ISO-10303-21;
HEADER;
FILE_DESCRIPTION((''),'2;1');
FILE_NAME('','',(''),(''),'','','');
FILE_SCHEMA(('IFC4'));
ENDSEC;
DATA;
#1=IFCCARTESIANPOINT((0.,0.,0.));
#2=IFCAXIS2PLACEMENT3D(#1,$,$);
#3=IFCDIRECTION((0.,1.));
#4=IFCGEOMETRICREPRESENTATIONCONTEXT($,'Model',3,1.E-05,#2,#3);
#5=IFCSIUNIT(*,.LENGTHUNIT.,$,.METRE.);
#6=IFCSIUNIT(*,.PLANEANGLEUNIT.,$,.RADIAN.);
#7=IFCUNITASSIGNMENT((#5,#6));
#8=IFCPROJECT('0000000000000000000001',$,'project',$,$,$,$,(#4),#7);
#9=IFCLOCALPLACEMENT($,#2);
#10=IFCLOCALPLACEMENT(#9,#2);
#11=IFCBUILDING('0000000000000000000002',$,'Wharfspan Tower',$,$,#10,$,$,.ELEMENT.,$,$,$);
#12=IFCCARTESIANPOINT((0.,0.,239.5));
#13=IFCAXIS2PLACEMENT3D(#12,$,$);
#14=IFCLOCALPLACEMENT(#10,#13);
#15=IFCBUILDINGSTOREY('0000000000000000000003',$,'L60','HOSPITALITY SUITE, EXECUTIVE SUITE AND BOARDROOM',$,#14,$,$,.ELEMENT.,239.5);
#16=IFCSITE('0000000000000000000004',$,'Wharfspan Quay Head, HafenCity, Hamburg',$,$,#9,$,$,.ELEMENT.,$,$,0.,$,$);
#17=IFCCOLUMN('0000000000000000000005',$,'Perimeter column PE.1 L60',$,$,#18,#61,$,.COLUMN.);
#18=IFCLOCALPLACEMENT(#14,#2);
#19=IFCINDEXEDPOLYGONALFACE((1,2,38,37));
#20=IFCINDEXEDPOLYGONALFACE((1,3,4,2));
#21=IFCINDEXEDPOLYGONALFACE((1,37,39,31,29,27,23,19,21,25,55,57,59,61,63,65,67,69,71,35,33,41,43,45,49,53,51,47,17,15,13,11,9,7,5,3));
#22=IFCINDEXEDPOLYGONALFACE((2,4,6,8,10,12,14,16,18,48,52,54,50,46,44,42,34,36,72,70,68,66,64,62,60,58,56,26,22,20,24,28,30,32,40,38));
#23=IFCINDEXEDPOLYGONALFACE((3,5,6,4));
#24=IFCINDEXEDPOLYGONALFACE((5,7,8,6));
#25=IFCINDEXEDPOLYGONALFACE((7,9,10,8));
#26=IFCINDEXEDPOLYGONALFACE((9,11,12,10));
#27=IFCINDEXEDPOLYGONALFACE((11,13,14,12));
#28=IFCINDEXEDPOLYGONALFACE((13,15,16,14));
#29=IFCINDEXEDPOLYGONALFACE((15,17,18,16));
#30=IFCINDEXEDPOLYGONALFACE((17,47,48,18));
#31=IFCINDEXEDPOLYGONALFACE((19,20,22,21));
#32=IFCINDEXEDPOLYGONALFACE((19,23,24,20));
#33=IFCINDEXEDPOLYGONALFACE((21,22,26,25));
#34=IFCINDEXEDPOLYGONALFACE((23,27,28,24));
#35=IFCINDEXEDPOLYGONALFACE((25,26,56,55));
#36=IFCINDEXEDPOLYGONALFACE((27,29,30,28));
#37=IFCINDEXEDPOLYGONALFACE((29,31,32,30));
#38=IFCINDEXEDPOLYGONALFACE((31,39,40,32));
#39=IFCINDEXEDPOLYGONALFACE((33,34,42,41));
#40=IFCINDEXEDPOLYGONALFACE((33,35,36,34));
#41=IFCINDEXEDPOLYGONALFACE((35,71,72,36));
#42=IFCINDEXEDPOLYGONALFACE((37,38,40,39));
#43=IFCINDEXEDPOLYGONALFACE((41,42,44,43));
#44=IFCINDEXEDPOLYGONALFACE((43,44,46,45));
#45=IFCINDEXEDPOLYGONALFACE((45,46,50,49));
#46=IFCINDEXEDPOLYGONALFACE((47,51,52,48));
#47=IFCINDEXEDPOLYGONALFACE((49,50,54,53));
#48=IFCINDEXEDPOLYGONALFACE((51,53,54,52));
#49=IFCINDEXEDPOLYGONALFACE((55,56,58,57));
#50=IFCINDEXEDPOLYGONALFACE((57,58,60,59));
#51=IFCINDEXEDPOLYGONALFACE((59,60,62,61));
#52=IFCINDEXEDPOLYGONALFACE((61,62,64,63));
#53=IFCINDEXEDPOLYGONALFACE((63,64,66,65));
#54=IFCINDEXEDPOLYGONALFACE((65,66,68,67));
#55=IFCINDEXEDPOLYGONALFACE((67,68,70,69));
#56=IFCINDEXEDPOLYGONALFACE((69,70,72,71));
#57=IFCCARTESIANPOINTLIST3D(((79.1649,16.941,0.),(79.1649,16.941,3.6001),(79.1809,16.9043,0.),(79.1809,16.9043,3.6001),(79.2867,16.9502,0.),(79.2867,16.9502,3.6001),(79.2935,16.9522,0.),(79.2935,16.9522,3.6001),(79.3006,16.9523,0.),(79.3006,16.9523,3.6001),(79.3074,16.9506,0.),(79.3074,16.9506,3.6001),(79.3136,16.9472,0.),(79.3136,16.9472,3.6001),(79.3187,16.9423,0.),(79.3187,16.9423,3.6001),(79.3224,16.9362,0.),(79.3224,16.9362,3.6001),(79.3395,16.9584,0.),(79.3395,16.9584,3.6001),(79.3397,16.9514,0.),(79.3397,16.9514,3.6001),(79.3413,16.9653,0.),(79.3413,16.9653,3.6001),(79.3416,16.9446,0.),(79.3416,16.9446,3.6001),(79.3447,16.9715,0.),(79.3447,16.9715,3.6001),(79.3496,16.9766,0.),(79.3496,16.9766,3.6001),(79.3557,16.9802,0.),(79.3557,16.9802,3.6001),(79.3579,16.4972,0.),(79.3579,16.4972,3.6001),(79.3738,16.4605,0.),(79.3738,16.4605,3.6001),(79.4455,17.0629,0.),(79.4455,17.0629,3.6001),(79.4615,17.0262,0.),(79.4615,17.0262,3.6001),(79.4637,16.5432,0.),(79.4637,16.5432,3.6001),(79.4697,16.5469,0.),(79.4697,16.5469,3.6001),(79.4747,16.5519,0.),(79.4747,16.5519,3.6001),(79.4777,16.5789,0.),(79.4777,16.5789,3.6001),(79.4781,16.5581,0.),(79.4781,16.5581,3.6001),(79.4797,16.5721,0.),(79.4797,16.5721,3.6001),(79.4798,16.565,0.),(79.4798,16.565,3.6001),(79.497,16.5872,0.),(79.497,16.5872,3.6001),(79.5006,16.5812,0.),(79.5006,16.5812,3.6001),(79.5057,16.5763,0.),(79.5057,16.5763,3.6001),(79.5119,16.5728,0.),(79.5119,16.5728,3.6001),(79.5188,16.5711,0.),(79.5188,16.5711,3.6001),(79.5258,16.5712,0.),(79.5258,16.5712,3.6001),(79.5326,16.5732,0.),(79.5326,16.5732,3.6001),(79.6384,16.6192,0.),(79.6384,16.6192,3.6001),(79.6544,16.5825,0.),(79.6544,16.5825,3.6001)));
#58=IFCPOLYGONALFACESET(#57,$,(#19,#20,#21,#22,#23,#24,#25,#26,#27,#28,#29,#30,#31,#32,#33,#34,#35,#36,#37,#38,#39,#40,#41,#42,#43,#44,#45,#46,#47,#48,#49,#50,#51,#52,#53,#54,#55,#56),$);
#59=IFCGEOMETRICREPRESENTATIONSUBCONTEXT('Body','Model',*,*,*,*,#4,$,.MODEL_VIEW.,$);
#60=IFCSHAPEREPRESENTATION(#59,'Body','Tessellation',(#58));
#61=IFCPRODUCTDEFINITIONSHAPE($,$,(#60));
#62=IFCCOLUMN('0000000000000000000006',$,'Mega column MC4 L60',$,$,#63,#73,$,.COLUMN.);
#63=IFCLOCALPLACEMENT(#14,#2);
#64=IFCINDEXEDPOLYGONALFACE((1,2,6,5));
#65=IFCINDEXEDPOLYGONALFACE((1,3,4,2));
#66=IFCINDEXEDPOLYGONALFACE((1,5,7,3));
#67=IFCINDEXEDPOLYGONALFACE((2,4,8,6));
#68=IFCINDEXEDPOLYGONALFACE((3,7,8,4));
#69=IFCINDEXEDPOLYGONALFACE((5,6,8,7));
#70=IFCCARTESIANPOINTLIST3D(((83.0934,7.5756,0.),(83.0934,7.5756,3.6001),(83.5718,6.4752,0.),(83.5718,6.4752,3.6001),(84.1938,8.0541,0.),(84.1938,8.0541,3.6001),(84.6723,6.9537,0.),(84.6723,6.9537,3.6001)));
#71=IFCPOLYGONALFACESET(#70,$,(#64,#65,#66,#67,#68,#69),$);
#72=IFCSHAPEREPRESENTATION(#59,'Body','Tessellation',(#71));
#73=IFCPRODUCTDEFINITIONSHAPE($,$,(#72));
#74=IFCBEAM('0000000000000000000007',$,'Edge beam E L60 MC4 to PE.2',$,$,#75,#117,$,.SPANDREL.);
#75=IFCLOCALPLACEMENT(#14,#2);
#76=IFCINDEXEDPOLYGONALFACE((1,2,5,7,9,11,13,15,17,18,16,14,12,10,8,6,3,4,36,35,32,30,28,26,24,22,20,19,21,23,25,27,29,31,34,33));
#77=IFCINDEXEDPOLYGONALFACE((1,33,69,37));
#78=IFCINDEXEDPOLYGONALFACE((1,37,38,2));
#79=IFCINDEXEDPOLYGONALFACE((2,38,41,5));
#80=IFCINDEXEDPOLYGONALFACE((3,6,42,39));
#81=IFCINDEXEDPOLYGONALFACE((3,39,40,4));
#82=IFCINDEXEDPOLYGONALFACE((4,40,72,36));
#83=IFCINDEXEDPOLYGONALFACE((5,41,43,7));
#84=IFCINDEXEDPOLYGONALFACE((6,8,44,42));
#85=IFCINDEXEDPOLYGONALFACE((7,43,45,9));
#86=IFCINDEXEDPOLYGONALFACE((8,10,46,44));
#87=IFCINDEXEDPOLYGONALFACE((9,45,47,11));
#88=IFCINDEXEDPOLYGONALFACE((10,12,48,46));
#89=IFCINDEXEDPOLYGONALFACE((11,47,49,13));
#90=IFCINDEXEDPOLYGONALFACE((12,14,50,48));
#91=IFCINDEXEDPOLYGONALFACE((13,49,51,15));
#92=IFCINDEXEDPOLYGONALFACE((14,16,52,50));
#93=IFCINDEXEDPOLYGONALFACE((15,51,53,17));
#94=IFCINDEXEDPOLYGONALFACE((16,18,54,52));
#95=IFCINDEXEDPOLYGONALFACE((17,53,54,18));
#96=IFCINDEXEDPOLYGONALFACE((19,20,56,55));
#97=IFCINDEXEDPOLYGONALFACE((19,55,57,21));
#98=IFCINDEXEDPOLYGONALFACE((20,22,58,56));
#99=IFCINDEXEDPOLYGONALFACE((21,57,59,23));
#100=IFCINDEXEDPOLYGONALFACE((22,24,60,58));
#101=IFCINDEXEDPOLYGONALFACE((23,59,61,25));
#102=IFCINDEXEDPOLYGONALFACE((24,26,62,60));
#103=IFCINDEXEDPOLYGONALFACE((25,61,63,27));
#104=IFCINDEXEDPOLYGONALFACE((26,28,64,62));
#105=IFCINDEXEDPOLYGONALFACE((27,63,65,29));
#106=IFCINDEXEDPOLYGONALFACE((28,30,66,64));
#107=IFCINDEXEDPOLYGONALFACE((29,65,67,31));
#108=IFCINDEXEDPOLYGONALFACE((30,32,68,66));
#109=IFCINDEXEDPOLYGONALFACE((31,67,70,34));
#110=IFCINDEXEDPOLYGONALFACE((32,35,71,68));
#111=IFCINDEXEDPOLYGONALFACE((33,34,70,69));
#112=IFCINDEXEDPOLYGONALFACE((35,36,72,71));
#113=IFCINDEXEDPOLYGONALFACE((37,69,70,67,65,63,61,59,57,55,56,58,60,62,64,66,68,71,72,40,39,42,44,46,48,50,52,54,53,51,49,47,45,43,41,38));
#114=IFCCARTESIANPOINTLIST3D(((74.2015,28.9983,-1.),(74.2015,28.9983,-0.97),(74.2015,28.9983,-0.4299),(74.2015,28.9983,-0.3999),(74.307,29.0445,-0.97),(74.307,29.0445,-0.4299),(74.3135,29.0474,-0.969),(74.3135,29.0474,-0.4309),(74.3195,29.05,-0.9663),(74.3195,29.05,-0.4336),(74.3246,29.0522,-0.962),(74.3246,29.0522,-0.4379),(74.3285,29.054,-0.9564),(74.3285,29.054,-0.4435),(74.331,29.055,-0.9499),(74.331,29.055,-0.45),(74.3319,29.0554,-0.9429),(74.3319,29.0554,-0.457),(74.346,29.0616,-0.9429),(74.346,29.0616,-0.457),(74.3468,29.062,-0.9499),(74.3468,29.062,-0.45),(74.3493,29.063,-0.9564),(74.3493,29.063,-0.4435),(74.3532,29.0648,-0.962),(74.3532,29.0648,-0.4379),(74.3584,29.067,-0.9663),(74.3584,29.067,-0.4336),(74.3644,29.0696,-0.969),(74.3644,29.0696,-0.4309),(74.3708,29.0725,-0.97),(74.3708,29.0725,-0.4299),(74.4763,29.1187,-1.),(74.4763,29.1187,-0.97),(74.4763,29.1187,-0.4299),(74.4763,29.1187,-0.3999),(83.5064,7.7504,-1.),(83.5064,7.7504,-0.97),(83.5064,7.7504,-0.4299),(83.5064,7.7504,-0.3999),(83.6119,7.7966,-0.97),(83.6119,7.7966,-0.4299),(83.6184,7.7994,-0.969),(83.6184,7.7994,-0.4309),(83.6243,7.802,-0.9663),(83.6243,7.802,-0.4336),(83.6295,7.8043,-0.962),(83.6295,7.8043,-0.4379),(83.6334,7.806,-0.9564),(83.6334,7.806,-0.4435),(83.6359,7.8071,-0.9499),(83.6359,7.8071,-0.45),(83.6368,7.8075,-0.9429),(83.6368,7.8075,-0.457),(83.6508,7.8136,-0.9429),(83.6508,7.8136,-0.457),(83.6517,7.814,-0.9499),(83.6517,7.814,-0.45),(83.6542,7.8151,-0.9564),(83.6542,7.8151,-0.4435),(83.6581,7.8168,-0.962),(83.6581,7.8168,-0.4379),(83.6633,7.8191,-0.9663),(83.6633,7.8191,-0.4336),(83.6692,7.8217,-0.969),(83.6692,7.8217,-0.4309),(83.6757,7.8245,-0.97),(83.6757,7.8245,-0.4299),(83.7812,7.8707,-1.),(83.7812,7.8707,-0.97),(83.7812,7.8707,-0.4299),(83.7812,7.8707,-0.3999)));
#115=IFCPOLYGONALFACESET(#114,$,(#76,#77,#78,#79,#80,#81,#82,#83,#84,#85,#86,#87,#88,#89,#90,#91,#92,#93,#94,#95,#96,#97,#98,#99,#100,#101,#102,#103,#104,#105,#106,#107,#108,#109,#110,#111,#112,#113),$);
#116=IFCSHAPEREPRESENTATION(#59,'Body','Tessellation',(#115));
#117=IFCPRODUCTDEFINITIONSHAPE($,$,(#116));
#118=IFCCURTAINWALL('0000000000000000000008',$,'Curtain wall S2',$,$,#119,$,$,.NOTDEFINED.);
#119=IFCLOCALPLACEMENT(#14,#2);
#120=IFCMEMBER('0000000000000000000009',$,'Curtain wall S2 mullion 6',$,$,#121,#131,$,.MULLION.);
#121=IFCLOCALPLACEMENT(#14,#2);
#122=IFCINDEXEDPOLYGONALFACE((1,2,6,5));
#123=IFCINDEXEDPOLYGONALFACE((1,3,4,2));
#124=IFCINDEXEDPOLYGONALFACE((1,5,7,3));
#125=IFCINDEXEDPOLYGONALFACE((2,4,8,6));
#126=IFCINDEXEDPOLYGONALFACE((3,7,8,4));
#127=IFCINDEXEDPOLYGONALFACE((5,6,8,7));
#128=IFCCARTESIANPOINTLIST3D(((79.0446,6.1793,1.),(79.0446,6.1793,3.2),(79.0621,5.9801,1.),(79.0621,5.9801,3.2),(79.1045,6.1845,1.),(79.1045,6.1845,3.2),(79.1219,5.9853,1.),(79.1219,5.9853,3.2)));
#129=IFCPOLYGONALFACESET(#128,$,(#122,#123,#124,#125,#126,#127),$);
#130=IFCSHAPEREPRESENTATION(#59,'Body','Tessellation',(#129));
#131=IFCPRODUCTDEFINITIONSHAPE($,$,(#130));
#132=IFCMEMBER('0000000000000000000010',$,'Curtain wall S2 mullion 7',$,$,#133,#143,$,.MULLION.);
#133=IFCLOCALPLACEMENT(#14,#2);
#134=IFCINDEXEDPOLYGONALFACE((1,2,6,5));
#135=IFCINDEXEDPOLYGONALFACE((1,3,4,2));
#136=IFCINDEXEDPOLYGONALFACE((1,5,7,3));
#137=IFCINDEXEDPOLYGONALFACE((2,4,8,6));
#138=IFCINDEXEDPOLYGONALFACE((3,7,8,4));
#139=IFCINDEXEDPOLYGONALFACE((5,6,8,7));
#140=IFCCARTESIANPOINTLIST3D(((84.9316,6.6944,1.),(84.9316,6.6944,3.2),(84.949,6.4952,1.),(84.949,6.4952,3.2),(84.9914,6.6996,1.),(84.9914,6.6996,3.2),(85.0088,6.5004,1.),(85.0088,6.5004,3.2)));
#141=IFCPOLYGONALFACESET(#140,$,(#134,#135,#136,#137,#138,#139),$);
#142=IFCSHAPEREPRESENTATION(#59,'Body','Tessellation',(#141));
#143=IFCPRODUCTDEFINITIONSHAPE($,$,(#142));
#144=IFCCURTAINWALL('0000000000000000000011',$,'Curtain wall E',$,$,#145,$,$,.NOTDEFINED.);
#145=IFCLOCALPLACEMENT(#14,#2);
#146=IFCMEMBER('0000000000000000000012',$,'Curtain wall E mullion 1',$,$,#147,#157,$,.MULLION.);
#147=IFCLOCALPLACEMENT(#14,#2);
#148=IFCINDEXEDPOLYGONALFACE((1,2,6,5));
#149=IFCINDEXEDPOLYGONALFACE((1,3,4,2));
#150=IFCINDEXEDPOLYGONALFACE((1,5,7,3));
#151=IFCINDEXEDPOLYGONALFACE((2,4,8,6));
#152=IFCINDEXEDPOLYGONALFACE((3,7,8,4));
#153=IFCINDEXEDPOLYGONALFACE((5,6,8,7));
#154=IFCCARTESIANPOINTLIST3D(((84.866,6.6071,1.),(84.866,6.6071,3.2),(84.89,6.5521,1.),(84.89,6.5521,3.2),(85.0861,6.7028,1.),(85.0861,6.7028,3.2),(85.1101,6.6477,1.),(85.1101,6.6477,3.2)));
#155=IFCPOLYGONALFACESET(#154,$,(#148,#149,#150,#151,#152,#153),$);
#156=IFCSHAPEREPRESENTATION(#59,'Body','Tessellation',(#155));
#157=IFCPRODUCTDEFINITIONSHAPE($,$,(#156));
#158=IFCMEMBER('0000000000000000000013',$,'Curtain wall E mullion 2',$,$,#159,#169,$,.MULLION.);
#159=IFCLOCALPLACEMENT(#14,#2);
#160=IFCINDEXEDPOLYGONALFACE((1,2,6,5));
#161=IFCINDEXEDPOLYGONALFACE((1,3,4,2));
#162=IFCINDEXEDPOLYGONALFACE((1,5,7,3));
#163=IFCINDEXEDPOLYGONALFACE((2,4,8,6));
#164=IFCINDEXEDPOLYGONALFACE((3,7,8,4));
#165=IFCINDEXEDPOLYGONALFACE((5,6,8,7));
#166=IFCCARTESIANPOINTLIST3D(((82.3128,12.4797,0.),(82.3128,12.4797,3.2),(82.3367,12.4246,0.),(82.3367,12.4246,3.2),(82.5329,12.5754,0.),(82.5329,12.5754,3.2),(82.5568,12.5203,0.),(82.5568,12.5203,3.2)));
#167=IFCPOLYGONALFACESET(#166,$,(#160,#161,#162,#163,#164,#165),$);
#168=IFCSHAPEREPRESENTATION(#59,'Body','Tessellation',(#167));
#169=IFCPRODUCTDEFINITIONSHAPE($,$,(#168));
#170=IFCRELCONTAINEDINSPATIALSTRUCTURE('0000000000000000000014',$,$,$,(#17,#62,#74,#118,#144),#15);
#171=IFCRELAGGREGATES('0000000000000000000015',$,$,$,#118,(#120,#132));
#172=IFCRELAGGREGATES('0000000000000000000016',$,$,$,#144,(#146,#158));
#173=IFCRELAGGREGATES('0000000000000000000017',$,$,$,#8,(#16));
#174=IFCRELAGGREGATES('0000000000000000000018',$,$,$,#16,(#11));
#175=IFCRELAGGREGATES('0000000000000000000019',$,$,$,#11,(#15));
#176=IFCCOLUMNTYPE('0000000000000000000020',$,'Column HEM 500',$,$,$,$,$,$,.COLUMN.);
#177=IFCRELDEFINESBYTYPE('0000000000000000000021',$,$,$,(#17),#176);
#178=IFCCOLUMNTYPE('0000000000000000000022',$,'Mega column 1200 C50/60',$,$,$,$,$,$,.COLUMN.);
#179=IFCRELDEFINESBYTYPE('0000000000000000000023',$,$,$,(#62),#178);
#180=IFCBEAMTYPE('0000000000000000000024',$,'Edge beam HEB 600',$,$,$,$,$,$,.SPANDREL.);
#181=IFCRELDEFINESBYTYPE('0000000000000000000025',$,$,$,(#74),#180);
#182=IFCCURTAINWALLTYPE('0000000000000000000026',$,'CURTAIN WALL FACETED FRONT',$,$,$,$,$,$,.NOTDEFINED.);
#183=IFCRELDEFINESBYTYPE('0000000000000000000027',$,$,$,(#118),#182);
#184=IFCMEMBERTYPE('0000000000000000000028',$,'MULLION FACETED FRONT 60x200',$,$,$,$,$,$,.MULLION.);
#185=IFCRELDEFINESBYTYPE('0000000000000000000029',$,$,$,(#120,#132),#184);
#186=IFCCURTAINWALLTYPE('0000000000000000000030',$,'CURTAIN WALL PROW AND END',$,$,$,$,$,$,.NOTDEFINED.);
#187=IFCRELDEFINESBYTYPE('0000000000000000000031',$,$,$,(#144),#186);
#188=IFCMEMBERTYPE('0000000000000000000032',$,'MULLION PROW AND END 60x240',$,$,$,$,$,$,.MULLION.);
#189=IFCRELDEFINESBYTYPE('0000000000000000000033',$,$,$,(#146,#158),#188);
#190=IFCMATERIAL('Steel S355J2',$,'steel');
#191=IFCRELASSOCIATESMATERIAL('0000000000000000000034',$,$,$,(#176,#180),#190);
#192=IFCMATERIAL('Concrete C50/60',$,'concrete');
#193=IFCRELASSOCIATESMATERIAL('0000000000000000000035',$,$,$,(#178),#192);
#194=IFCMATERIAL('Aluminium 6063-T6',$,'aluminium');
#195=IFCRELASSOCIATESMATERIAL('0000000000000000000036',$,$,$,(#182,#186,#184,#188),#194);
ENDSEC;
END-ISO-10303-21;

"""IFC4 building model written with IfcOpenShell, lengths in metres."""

from ifc_helpers import new_model, si_unit, direction, frame, origin, origin_2d, place, context, subcontext, project, spatial, rectangle, i_section, extrude, material, material_profile, profile_set, type_object, element, aggregate, save


model = new_model("IFC4")

# Units and contexts
model_context = context("Model", 3, precision=1e-05, world=origin(), true_north=direction((0.0, 1.0)))
body_context = subcontext(model_context, "Body", "Model", "MODEL_VIEW")
ifc_project = project(units=[si_unit("LENGTHUNIT", "METRE"), si_unit("PLANEANGLEUNIT", "RADIAN")], contexts=[model_context])

# Site, building, storey
site_placement = place(None, origin())
site = spatial("IfcSite", under=ifc_project, at=site_placement, Name="Wharfspan Quay Head, HafenCity, Hamburg", CompositionType="ELEMENT", RefElevation=0.0)
building_placement = place(site_placement, origin())
building = spatial("IfcBuilding", under=site, at=building_placement, Name="Wharfspan Tower", CompositionType="ELEMENT")
storey_placement = place(building_placement, frame((0.0, 0.0, 239.5)))
storey = spatial("IfcBuildingStorey", under=building, at=storey_placement, Name="L60", Description="HOSPITALITY SUITE, EXECUTIVE SUITE AND BOARDROOM", CompositionType="ELEMENT", Elevation=239.5)

# Columns
ifc_material_1 = material(Name="Steel S355J2", Category="steel")
ifc_material_profile_1 = material_profile(ifc_material_1, i_section(OverallWidth=0.3059, OverallDepth=0.5239, WebThickness=0.021, FlangeThickness=0.04, FilletRadius=0.0271, at=origin_2d()))
ifc_profile_set_1 = profile_set([ifc_material_profile_1], Name="Steel S355J2")
column_type_1 = type_object("IfcColumnType", Name="Column HEM 500", PredefinedType="COLUMN", material=ifc_profile_set_1)
column_1_placement = place(storey_placement, frame((79.4097, 16.7617, 0.0), z_axis=(0.0, 0.0, 1.0), x_axis=(0.917072, 0.398727, 0.0)))
element("IfcColumn", 1, at=column_1_placement, inside=storey, type_object=column_type_1, Name="Perimeter column PE.1 L60", PredefinedType="COLUMN", context=body_context, shape_type="SweptSolid", body=[
    extrude(i_section(OverallWidth=0.3059, OverallDepth=0.5239, WebThickness=0.021, FlangeThickness=0.04, FilletRadius=0.0271, at=origin_2d()), origin(), (0.0, 0.0, 1.0), 3.6001),
])
ifc_material_2 = material(Name="Concrete C50/60", Category="concrete")
ifc_material_profile_2 = material_profile(ifc_material_2, rectangle(XDim=1.2, YDim=1.2, at=origin_2d()))
ifc_profile_set_2 = profile_set([ifc_material_profile_2], Name="Concrete C50/60")
column_type_2 = type_object("IfcColumnType", Name="Mega column 1200 C50/60", PredefinedType="COLUMN", material=ifc_profile_set_2)
column_2_placement = place(storey_placement, frame((83.8828, 7.2646, 0.0), z_axis=(0.0, 0.0, 1.0), x_axis=(-0.398727, 0.917072, 0.0)))
element("IfcColumn", 2, at=column_2_placement, inside=storey, type_object=column_type_2, Name="Mega column MC4 L60", PredefinedType="COLUMN", context=body_context, shape_type="SweptSolid", body=[
    extrude(rectangle(XDim=1.2, YDim=1.2, at=origin_2d()), origin(), (0.0, 0.0, 1.0), 3.6001),
])

# Beam
ifc_material_profile_3 = material_profile(ifc_material_1, i_section(OverallWidth=0.3, OverallDepth=0.6001, WebThickness=0.0154, FlangeThickness=0.03, FilletRadius=0.0271, at=origin_2d()))
ifc_profile_set_3 = profile_set([ifc_material_profile_3], Name="Steel S355J2")
beam_type = type_object("IfcBeamType", Name="Edge beam HEB 600", PredefinedType="SPANDREL", material=ifc_profile_set_3)
beam_placement = place(storey_placement, frame((83.6438, 7.8105, -0.7), z_axis=(-0.401141, 0.916016, 0.0), x_axis=(-0.916016, -0.401141, 0.0)))
element("IfcBeam", 3, at=beam_placement, inside=storey, type_object=beam_type, Name="Edge beam E L60 MC4 to PE.2", PredefinedType="SPANDREL", context=body_context, shape_type="SweptSolid", body=[
    extrude(i_section(OverallWidth=0.3, OverallDepth=0.6001, WebThickness=0.0154, FlangeThickness=0.03, FilletRadius=0.0271, at=origin_2d()), origin(), (0.0, 0.0, 1.0), 23.196),
])

# Curtain walls, members
ifc_material_3 = material(Name="Aluminium 6063-T6", Category="aluminium")
curtain_wall_type_1 = type_object("IfcCurtainWallType", Name="CURTAIN WALL FACETED FRONT", PredefinedType="NOTDEFINED", material=ifc_material_3)
curtain_wall_1_placement = place(storey_placement, origin())
curtain_wall_1 = element("IfcCurtainWall", 4, at=curtain_wall_1_placement, inside=storey, type_object=curtain_wall_type_1, Name="Curtain wall S2", PredefinedType="NOTDEFINED")
ifc_material_profile_4 = material_profile(ifc_material_3, rectangle(XDim=0.2, YDim=0.0601, at=origin_2d()))
ifc_profile_set_4 = profile_set([ifc_material_profile_4], Name="Aluminium 6063-T6")
member_type_1 = type_object("IfcMemberType", Name="MULLION FACETED FRONT 60x200", PredefinedType="MULLION", material=ifc_profile_set_4)
member_1_placement = place(storey_placement, frame((79.0833, 6.0823, 1.0), z_axis=(0.0, 0.0, 1.0), x_axis=(-0.087156, 0.996197, 0.0)))
member_1 = element("IfcMember", 5, at=member_1_placement, type_object=member_type_1, Name="Curtain wall S2 mullion 6", PredefinedType="MULLION", context=body_context, shape_type="SweptSolid", body=[
    extrude(rectangle(XDim=0.2, YDim=0.0601, at=origin_2d()), origin(), (0.0, 0.0, 1.0), 2.2),
])
member_2_placement = place(storey_placement, frame((84.9702, 6.5974, 1.0), z_axis=(0.0, 0.0, 1.0), x_axis=(-0.087156, 0.996197, 0.0)))
member_2 = element("IfcMember", 6, at=member_2_placement, type_object=member_type_1, Name="Curtain wall S2 mullion 7", PredefinedType="MULLION", context=body_context, shape_type="SweptSolid", body=[
    extrude(rectangle(XDim=0.2, YDim=0.0601, at=origin_2d()), origin(), (0.0, 0.0, 1.0), 2.2),
])
curtain_wall_type_2 = type_object("IfcCurtainWallType", Name="CURTAIN WALL PROW AND END", PredefinedType="NOTDEFINED", material=ifc_material_3)
curtain_wall_2_placement = place(storey_placement, origin())
curtain_wall_2 = element("IfcCurtainWall", 7, at=curtain_wall_2_placement, inside=storey, type_object=curtain_wall_type_2, Name="Curtain wall E", PredefinedType="NOTDEFINED")
ifc_material_profile_5 = material_profile(ifc_material_3, rectangle(XDim=0.24, YDim=0.0601, at=origin_2d()))
ifc_profile_set_5 = profile_set([ifc_material_profile_5], Name="Aluminium 6063-T6")
member_type_2 = type_object("IfcMemberType", Name="MULLION PROW AND END 60x240", PredefinedType="MULLION", material=ifc_profile_set_5)
member_3_placement = place(storey_placement, frame((84.988, 6.6274, 1.0), z_axis=(0.0, 0.0, 1.0), x_axis=(-0.917072, -0.398727, 0.0)))
member_3 = element("IfcMember", 8, at=member_3_placement, type_object=member_type_2, Name="Curtain wall E mullion 1", PredefinedType="MULLION", context=body_context, shape_type="SweptSolid", body=[
    extrude(rectangle(XDim=0.24, YDim=0.0601, at=origin_2d()), origin(), (0.0, 0.0, 1.0), 2.2),
])
member_4_placement = place(storey_placement, frame((82.4348, 12.5, 0.0), z_axis=(0.0, 0.0, 1.0), x_axis=(-0.917072, -0.398727, 0.0)))
member_4 = element("IfcMember", 9, at=member_4_placement, type_object=member_type_2, Name="Curtain wall E mullion 2", PredefinedType="MULLION", context=body_context, shape_type="SweptSolid", body=[
    extrude(rectangle(XDim=0.24, YDim=0.0601, at=origin_2d()), origin(), (0.0, 0.0, 1.0), 3.2),
])

aggregate(curtain_wall_1, [member_1, member_2])
aggregate(curtain_wall_2, [member_3, member_4])

save(model, "model.ifc")
